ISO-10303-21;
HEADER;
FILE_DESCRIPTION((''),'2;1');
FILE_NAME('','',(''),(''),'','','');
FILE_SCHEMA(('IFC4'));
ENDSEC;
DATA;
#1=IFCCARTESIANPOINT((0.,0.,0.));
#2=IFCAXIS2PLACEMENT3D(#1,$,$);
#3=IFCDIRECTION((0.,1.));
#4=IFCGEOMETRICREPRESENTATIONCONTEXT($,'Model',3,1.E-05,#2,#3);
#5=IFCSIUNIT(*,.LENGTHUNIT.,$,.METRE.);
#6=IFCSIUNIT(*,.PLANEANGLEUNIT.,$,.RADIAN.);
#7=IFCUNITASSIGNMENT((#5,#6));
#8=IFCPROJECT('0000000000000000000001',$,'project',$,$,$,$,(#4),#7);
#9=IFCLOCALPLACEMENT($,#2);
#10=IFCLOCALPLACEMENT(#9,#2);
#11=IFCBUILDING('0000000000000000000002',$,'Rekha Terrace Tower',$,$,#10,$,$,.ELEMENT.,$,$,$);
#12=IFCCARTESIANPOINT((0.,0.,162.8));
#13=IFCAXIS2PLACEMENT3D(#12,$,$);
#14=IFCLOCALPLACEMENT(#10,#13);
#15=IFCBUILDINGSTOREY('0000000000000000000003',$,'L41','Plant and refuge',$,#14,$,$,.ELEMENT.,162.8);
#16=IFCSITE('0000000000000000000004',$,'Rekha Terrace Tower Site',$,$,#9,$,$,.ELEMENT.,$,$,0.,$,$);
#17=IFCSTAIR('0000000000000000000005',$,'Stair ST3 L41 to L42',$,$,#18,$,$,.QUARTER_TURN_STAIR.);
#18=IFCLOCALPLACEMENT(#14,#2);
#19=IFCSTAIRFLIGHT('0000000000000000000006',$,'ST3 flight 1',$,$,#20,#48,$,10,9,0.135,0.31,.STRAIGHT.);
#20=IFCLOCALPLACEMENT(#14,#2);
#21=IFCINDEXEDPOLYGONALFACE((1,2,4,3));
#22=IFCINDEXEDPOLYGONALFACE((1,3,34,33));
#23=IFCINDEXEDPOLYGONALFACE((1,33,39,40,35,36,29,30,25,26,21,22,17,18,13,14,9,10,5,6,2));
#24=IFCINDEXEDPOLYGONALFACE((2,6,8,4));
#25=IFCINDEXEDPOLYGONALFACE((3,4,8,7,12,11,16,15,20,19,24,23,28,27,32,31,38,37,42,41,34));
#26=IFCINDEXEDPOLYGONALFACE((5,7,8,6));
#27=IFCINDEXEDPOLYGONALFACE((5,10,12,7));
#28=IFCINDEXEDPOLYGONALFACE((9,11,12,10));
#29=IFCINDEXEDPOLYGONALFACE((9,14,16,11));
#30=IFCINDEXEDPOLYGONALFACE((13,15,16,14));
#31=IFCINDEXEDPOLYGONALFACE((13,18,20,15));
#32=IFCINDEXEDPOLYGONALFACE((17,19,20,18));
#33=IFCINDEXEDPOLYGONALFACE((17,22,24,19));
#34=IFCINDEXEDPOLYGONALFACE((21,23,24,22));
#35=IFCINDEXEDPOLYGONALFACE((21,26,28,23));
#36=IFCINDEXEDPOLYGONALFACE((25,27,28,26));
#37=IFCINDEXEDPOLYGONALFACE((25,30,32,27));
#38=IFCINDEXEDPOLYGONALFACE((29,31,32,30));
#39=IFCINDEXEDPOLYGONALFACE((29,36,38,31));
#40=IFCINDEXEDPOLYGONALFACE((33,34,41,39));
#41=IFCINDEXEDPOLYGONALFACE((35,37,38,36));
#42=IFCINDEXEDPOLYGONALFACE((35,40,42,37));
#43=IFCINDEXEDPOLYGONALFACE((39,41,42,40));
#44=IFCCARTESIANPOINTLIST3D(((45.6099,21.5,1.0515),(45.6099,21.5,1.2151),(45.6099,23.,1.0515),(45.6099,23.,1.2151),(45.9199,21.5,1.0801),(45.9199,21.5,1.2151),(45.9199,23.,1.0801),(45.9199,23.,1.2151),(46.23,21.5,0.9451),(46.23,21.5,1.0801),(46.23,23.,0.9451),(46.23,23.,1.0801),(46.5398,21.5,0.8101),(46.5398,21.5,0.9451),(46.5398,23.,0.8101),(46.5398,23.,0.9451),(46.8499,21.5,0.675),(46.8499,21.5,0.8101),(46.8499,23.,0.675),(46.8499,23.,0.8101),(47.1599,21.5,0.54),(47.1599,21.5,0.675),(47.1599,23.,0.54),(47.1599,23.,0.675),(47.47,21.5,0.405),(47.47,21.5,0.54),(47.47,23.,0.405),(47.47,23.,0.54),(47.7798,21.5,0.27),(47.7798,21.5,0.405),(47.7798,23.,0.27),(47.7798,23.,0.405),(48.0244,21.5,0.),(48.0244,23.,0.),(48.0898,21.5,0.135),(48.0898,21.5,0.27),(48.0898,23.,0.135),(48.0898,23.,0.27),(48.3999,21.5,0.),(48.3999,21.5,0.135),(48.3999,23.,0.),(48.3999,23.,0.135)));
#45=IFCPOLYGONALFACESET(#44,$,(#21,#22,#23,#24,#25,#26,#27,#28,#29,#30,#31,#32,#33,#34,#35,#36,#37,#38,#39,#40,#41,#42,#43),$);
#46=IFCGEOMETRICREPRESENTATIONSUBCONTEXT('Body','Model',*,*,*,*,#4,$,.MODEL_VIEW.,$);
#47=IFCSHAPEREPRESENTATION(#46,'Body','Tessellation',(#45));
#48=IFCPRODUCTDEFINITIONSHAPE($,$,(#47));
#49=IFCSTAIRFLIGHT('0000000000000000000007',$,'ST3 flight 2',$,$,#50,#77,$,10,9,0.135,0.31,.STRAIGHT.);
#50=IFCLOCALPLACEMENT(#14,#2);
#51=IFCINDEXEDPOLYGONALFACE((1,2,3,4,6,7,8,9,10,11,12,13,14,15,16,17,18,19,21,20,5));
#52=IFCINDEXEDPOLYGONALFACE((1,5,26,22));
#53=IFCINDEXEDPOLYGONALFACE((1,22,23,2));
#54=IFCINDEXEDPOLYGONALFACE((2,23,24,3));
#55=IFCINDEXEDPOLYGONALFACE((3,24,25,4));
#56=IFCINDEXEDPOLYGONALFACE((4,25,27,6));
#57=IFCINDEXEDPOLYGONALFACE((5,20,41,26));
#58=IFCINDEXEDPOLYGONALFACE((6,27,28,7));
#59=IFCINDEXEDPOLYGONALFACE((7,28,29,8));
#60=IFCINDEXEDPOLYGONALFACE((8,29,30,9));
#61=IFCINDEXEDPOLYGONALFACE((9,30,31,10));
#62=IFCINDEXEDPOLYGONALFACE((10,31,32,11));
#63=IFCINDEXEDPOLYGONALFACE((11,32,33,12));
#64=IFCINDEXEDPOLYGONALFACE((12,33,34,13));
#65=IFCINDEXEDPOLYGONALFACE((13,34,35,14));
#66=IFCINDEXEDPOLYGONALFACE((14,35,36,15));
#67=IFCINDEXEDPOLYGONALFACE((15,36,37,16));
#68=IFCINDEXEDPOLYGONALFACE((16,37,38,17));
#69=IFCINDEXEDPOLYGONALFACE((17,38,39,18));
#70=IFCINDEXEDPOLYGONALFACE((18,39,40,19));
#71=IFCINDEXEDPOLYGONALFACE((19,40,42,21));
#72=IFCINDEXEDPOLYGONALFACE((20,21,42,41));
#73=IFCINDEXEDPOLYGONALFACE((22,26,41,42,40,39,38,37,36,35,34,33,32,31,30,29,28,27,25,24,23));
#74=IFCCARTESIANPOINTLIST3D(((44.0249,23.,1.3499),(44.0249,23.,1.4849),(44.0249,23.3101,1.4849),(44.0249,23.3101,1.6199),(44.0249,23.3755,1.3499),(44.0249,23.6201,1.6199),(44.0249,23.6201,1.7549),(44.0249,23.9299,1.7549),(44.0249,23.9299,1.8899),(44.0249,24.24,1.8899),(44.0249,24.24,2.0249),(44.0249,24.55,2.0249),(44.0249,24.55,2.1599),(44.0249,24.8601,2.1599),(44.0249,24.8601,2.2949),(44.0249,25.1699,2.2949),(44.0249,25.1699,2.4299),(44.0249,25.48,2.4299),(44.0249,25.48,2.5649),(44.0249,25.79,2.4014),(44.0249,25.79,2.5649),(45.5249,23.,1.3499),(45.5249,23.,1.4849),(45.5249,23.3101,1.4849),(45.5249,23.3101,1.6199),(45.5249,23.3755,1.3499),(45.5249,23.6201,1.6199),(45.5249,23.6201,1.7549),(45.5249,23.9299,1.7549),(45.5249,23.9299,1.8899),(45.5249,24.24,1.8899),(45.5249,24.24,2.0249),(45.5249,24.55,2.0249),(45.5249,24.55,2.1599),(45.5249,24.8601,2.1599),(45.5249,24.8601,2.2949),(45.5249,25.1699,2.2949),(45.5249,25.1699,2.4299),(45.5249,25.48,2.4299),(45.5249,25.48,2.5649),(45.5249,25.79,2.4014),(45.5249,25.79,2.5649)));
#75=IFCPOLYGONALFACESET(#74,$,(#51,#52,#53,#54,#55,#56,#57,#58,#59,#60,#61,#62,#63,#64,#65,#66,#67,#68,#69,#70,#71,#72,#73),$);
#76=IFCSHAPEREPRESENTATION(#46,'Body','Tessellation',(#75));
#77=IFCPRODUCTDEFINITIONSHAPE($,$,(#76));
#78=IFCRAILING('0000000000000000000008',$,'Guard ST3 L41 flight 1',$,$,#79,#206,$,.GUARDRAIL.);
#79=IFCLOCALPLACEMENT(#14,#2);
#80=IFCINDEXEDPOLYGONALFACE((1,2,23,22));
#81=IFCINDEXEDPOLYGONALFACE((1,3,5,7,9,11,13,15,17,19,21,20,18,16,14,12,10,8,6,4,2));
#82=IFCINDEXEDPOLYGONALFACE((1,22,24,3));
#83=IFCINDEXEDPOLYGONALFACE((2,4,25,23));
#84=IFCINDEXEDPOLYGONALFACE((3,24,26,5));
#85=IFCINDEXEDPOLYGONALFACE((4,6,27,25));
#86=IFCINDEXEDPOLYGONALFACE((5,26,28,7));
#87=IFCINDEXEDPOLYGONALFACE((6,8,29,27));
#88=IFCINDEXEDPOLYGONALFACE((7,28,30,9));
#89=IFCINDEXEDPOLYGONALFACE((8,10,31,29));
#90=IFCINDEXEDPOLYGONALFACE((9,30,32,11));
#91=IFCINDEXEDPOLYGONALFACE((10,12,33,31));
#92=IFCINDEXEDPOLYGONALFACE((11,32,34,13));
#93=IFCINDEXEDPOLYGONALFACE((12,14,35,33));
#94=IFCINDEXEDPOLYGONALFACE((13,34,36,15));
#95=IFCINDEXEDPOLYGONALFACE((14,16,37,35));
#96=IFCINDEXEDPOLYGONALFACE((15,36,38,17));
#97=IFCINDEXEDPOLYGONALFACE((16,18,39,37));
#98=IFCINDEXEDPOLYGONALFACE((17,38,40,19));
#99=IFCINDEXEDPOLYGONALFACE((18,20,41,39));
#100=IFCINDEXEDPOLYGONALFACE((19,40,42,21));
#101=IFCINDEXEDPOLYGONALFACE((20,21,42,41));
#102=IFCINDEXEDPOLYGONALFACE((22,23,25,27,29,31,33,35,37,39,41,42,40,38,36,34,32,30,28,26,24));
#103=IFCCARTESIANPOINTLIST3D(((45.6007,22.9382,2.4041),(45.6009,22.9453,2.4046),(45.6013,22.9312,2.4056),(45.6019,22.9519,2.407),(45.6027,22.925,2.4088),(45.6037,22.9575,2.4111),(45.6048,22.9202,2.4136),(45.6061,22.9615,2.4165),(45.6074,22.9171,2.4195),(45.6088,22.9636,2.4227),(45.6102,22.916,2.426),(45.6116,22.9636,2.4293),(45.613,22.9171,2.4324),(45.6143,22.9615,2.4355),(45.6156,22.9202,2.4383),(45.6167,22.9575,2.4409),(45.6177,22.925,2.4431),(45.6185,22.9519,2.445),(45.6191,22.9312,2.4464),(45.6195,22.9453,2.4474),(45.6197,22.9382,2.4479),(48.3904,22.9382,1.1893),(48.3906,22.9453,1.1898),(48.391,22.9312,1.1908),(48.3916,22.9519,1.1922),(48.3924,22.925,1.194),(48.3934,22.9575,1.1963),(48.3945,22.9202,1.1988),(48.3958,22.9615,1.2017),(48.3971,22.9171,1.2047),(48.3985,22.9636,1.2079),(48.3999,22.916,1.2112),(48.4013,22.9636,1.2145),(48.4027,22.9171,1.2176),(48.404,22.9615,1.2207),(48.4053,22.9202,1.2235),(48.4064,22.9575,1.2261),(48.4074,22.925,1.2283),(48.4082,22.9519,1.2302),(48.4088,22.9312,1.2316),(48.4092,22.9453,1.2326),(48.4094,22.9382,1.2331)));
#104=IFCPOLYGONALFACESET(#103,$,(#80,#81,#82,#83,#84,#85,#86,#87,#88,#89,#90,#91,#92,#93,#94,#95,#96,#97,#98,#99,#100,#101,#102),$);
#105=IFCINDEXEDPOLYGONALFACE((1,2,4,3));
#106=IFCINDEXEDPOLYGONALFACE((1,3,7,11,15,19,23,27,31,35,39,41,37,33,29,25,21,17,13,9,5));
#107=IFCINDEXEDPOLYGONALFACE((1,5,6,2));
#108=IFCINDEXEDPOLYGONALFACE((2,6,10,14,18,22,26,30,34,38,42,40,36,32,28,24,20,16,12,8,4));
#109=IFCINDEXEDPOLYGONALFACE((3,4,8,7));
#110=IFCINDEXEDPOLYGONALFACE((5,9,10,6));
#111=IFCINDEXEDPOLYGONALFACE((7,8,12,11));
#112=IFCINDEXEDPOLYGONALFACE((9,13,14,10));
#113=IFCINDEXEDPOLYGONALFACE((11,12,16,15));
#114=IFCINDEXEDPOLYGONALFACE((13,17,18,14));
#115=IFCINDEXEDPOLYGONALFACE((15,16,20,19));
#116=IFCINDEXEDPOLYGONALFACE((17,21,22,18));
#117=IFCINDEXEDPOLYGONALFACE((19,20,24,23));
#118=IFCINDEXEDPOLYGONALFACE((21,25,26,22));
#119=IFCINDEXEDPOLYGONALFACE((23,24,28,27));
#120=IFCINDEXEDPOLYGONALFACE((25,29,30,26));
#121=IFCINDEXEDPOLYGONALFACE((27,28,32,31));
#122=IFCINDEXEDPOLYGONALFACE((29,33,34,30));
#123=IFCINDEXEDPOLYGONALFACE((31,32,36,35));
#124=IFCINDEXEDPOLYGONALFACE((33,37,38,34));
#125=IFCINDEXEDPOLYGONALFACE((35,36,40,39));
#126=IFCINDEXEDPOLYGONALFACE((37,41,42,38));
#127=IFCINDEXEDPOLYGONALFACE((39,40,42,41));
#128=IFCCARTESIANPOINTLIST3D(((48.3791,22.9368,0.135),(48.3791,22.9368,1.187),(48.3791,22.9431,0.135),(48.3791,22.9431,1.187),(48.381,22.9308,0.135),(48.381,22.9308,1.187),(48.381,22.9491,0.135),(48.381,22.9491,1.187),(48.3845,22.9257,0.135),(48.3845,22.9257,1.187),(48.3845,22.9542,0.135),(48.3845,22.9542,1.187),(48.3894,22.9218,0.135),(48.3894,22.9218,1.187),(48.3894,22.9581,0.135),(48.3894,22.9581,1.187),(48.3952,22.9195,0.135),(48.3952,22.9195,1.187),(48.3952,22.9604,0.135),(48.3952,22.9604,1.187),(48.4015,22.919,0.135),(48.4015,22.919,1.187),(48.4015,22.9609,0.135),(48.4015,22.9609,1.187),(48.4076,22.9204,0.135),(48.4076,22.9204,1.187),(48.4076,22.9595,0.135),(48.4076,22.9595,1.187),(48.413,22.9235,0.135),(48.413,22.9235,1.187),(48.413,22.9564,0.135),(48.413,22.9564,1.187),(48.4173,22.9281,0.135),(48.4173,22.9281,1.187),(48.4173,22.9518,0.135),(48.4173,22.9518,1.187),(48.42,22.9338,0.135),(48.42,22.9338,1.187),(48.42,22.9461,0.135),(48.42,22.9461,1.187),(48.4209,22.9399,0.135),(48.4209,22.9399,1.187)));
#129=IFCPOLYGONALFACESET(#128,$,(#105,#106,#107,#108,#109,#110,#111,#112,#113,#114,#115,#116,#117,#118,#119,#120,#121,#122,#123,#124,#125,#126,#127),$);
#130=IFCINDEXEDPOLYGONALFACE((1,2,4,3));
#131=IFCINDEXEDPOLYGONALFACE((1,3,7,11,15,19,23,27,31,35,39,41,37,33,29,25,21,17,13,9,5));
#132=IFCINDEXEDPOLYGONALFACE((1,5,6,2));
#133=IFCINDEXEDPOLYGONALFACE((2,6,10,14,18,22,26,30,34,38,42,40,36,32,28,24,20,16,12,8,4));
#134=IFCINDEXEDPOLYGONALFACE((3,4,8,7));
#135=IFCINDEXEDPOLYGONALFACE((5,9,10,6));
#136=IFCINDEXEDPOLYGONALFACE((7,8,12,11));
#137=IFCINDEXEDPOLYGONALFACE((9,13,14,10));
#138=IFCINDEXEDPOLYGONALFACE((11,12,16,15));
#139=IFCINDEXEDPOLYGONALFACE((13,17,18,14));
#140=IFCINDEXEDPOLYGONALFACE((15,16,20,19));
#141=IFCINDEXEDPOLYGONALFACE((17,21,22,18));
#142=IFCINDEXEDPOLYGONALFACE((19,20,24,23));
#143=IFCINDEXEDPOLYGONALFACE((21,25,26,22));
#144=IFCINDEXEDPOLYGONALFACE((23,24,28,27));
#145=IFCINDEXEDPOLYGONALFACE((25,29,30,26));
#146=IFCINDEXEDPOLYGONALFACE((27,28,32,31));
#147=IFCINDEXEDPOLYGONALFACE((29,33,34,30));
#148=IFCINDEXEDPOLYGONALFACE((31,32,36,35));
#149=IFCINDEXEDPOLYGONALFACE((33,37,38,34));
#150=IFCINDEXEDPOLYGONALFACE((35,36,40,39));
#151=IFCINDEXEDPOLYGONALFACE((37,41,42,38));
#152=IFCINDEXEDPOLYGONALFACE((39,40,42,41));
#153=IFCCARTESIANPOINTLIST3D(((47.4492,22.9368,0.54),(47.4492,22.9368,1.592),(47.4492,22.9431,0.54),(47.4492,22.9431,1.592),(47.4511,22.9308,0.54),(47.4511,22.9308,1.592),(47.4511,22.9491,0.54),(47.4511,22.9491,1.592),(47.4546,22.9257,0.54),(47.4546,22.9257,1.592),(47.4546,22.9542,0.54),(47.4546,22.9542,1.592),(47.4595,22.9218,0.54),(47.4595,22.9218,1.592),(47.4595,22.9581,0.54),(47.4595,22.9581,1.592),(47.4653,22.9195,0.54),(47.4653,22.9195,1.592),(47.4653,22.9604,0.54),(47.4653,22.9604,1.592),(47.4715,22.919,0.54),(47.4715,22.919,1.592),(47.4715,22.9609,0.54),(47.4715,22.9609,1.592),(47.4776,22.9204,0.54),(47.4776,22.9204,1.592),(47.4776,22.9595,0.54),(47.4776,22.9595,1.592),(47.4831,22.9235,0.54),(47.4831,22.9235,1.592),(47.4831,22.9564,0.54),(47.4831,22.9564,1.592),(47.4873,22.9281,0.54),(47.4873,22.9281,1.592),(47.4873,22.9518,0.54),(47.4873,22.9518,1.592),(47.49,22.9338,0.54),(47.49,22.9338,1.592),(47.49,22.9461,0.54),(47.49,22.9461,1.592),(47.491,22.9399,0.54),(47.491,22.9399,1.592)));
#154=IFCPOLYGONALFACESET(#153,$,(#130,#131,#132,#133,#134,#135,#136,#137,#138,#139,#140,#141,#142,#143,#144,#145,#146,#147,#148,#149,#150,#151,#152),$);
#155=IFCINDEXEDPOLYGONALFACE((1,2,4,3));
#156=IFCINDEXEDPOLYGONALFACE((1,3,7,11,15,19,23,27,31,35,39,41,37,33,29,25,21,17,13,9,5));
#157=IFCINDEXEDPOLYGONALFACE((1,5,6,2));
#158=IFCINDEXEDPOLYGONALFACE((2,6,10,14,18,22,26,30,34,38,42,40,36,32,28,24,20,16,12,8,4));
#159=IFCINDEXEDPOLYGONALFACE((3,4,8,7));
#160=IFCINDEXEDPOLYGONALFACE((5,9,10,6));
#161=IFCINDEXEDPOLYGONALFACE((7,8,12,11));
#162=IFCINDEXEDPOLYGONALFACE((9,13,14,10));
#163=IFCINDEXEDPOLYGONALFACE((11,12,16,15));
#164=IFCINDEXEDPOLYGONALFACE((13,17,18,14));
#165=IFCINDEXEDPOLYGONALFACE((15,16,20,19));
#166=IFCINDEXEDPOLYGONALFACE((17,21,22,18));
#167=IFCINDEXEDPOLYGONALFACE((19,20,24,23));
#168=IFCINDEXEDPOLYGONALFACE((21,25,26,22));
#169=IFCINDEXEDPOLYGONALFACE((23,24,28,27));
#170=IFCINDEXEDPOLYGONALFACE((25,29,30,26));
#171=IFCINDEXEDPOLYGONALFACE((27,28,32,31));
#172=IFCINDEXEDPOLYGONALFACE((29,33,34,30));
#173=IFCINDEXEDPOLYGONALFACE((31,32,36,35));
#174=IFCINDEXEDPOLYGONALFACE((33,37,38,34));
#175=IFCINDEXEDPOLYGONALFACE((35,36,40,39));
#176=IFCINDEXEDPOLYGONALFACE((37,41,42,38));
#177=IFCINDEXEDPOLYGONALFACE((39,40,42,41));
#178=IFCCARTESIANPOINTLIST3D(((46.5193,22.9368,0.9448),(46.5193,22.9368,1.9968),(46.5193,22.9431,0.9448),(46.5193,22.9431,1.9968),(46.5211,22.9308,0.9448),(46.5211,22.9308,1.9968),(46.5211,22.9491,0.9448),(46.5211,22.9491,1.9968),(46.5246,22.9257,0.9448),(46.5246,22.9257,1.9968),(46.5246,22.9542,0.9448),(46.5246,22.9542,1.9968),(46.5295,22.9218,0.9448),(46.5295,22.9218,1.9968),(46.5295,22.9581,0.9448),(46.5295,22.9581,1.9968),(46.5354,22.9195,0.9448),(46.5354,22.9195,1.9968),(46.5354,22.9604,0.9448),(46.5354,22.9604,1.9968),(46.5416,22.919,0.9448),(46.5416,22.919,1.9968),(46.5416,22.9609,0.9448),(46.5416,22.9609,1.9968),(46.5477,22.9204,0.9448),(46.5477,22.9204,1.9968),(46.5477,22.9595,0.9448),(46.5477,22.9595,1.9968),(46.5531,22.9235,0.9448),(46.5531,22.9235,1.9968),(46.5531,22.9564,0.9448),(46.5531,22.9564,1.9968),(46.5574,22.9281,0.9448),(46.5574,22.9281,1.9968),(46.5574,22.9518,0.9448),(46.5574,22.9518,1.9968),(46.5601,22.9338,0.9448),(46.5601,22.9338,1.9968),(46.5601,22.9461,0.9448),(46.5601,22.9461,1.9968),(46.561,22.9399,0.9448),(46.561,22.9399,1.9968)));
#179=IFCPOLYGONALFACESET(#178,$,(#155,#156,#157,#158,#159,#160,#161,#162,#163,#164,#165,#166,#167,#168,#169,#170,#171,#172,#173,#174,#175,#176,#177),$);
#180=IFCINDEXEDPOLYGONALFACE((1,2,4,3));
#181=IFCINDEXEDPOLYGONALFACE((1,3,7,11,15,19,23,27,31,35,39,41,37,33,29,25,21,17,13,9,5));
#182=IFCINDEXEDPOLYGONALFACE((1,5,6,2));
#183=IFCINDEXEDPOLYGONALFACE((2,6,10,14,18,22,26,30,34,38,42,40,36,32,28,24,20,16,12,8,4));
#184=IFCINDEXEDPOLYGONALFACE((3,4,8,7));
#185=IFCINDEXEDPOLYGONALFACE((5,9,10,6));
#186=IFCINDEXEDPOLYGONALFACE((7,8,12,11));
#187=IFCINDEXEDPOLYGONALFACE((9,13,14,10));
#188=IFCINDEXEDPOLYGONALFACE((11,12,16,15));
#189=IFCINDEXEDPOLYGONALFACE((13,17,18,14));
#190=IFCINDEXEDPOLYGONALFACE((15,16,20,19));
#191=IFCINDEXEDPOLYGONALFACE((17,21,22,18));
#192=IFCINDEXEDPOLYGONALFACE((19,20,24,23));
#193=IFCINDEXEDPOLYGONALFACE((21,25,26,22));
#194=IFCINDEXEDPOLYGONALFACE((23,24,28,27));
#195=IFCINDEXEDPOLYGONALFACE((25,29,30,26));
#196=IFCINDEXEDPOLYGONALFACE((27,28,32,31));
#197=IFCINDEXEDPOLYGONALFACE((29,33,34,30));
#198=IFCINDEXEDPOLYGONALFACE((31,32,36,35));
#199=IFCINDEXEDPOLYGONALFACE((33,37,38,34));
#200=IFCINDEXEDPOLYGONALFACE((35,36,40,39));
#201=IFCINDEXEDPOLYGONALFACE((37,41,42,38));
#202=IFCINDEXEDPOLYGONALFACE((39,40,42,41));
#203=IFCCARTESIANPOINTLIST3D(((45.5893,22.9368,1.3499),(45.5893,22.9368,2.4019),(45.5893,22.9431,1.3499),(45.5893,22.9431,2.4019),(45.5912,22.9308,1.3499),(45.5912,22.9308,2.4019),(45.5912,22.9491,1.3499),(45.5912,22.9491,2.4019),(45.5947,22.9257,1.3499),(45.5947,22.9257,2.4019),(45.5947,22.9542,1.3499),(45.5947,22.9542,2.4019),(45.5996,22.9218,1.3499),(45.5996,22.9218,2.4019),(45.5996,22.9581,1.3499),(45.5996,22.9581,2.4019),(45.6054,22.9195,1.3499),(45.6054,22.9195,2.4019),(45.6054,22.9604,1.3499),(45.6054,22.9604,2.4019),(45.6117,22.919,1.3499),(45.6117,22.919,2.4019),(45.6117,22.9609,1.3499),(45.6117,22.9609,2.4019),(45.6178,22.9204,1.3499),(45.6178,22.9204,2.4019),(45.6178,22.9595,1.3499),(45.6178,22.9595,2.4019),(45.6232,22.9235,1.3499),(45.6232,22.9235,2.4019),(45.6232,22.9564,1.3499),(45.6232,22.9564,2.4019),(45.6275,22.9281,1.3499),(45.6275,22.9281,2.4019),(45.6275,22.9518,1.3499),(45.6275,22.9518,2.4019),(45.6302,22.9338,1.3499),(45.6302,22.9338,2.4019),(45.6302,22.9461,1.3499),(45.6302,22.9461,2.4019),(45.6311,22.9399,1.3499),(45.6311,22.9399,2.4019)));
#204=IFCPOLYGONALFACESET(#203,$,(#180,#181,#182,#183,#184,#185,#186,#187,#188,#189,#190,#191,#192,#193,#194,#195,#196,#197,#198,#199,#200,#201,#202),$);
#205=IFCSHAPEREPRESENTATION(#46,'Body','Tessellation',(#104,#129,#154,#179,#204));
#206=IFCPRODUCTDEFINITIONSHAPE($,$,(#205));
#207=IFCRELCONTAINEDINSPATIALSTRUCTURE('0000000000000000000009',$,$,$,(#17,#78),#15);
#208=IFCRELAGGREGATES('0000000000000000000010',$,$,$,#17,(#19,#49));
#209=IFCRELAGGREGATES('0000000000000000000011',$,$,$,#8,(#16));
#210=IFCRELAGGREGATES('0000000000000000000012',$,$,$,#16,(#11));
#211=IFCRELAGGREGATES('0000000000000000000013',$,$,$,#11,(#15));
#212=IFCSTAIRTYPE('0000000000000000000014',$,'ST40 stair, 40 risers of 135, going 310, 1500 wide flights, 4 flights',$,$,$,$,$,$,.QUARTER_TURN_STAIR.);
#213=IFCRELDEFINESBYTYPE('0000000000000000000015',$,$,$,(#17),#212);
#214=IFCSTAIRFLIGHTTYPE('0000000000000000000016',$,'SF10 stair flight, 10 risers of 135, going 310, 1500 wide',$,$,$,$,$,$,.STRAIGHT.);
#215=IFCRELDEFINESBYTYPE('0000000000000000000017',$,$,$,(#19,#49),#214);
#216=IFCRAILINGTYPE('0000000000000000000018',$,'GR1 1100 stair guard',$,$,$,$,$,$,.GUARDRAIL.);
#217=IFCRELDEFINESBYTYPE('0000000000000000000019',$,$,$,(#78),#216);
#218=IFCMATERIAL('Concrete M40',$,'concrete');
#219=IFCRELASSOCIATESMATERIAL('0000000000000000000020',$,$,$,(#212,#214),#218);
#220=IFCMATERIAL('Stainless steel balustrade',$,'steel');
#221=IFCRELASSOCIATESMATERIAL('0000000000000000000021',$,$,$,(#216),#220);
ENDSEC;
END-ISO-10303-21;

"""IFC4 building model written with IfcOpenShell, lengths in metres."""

from ifc_helpers import new_model, si_unit, direction, frame, origin, origin_2d, place, context, subcontext, project, spatial, polyline, circle, outline, extrude, material, type_object, element, aggregate, save


model = new_model("IFC4")

# Units and contexts
model_context = context("Model", 3, precision=1e-05, world=origin(), true_north=direction((0.0, 1.0)))
body_context = subcontext(model_context, "Body", "Model", "MODEL_VIEW")
ifc_project = project(units=[si_unit("LENGTHUNIT", "METRE"), si_unit("PLANEANGLEUNIT", "RADIAN")], contexts=[model_context])

# Site, building, storey
site_placement = place(None, origin())
site = spatial("IfcSite", under=ifc_project, at=site_placement, Name="Rekha Terrace Tower Site", CompositionType="ELEMENT", RefElevation=0.0)
building_placement = place(site_placement, origin())
building = spatial("IfcBuilding", under=site, at=building_placement, Name="Rekha Terrace Tower", CompositionType="ELEMENT")
storey_placement = place(building_placement, frame((0.0, 0.0, 162.8)))
storey = spatial("IfcBuildingStorey", under=building, at=storey_placement, Name="L41", Description="Plant and refuge", CompositionType="ELEMENT", Elevation=162.8)

# Stair, stair flights
ifc_material_1 = material(Name="Concrete M40", Category="concrete")
stair_type = type_object("IfcStairType", Name="ST40 stair, 40 risers of 135, going 310, 1500 wide flights, 4 flights", PredefinedType="QUARTER_TURN_STAIR", material=ifc_material_1)
stair_placement = place(storey_placement, origin())
stair = element("IfcStair", 1, at=stair_placement, inside=storey, type_object=stair_type, Name="Stair ST3 L41 to L42", PredefinedType="QUARTER_TURN_STAIR")
stair_flight_type = type_object("IfcStairFlightType", Name="SF10 stair flight, 10 risers of 135, going 310, 1500 wide", PredefinedType="STRAIGHT", material=ifc_material_1)
stair_flight_1_placement = place(storey_placement, frame((48.3999, 22.25, 0.0), z_axis=(0.0, 0.0, 1.0), x_axis=(-1.0, 0.0, 0.0)))
stair_flight_1 = element("IfcStairFlight", 2, at=stair_flight_1_placement, type_object=stair_flight_type, Name="ST3 flight 1", NumberOfRisers=10, NumberOfTreads=9, PredefinedType="STRAIGHT", RiserHeight=0.135, TreadLength=0.31, context=body_context, shape_type="SweptSolid", body=[
    extrude(outline(polyline([(0.0, 0.0), (0.0, 0.135), (0.3101, 0.135), (0.3101, 0.27), (0.6201, 0.27), (0.6201, 0.405), (0.9299, 0.405), (0.9299, 0.54), (1.24, 0.54), (1.24, 0.675), (1.55, 0.675), (1.55, 0.8101), (1.8601, 0.8101), (1.8601, 0.9451), (2.1699, 0.9451), (2.1699, 1.0801), (2.48, 1.0801), (2.48, 1.2151), (2.79, 1.2151), (2.79, 1.3501), (2.79, 1.0515), (0.3755, 0.0), (0.0, 0.0)])), frame((0.0, 0.75, 0.0), z_axis=(0.0, -1.0, 0.0), x_axis=(1.0, 0.0, 0.0)), (0.0, 0.0, 1.0), 1.5),
])
stair_flight_2_placement = place(storey_placement, frame((44.7749, 23.0, 1.3499), z_axis=(0.0, 0.0, 1.0), x_axis=(0.0, 1.0, 0.0)))
stair_flight_2 = element("IfcStairFlight", 3, at=stair_flight_2_placement, type_object=stair_flight_type, Name="ST3 flight 2", NumberOfRisers=10, NumberOfTreads=9, PredefinedType="STRAIGHT", RiserHeight=0.135, TreadLength=0.31, context=body_context, shape_type="SweptSolid", body=[
    extrude(outline(polyline([(0.0, 0.0), (0.0, 0.135), (0.3101, 0.135), (0.3101, 0.27), (0.6201, 0.27), (0.6201, 0.405), (0.9299, 0.405), (0.9299, 0.54), (1.24, 0.54), (1.24, 0.675), (1.55, 0.675), (1.55, 0.8101), (1.8601, 0.8101), (1.8601, 0.9451), (2.1699, 0.9451), (2.1699, 1.0801), (2.48, 1.0801), (2.48, 1.2151), (2.79, 1.2151), (2.79, 1.3501), (2.79, 1.0515), (0.3755, 0.0), (0.0, 0.0)])), frame((0.0, 0.75, 0.0), z_axis=(0.0, -1.0, 0.0), x_axis=(1.0, 0.0, 0.0)), (0.0, 0.0, 1.0), 1.5),
])
aggregate(stair, [stair_flight_1, stair_flight_2])

# Railing
ifc_material_2 = material(Name="Stainless steel balustrade", Category="steel")
railing_type_1 = type_object("IfcRailingType", Name="GR1 1100 stair guard", PredefinedType="GUARDRAIL", material=ifc_material_2)
railing_1_placement = place(storey_placement, frame((48.3999, 22.9399, 0.135)))
element("IfcRailing", 4, at=railing_1_placement, inside=storey, type_object=railing_type_1, Name="Guard ST3 L41 flight 1", PredefinedType="GUARDRAIL", context=body_context, shape_type="SweptSolid", body=[
    extrude(circle(Radius=0.0239, at=origin_2d()), frame((0.0, 0.0, 1.0762), z_axis=(-0.916843, 0.0, 0.399248), x_axis=(0.0, -1.0, 0.0)), (0.0, 0.0, 1.0), 3.0427),
    extrude(circle(Radius=0.021, at=origin_2d()), origin(), (0.0, 0.0, 1.0), 1.052),
    extrude(circle(Radius=0.021, at=origin_2d()), frame((-0.9299, 0.0, 0.405)), (0.0, 0.0, 1.0), 1.052),
    extrude(circle(Radius=0.021, at=origin_2d()), frame((-1.8599, 0.0, 0.8098)), (0.0, 0.0, 1.0), 1.052),
    extrude(circle(Radius=0.021, at=origin_2d()), frame((-2.7898, 0.0, 1.2148)), (0.0, 0.0, 1.0), 1.052),
])

save(model, "model.ifc")
